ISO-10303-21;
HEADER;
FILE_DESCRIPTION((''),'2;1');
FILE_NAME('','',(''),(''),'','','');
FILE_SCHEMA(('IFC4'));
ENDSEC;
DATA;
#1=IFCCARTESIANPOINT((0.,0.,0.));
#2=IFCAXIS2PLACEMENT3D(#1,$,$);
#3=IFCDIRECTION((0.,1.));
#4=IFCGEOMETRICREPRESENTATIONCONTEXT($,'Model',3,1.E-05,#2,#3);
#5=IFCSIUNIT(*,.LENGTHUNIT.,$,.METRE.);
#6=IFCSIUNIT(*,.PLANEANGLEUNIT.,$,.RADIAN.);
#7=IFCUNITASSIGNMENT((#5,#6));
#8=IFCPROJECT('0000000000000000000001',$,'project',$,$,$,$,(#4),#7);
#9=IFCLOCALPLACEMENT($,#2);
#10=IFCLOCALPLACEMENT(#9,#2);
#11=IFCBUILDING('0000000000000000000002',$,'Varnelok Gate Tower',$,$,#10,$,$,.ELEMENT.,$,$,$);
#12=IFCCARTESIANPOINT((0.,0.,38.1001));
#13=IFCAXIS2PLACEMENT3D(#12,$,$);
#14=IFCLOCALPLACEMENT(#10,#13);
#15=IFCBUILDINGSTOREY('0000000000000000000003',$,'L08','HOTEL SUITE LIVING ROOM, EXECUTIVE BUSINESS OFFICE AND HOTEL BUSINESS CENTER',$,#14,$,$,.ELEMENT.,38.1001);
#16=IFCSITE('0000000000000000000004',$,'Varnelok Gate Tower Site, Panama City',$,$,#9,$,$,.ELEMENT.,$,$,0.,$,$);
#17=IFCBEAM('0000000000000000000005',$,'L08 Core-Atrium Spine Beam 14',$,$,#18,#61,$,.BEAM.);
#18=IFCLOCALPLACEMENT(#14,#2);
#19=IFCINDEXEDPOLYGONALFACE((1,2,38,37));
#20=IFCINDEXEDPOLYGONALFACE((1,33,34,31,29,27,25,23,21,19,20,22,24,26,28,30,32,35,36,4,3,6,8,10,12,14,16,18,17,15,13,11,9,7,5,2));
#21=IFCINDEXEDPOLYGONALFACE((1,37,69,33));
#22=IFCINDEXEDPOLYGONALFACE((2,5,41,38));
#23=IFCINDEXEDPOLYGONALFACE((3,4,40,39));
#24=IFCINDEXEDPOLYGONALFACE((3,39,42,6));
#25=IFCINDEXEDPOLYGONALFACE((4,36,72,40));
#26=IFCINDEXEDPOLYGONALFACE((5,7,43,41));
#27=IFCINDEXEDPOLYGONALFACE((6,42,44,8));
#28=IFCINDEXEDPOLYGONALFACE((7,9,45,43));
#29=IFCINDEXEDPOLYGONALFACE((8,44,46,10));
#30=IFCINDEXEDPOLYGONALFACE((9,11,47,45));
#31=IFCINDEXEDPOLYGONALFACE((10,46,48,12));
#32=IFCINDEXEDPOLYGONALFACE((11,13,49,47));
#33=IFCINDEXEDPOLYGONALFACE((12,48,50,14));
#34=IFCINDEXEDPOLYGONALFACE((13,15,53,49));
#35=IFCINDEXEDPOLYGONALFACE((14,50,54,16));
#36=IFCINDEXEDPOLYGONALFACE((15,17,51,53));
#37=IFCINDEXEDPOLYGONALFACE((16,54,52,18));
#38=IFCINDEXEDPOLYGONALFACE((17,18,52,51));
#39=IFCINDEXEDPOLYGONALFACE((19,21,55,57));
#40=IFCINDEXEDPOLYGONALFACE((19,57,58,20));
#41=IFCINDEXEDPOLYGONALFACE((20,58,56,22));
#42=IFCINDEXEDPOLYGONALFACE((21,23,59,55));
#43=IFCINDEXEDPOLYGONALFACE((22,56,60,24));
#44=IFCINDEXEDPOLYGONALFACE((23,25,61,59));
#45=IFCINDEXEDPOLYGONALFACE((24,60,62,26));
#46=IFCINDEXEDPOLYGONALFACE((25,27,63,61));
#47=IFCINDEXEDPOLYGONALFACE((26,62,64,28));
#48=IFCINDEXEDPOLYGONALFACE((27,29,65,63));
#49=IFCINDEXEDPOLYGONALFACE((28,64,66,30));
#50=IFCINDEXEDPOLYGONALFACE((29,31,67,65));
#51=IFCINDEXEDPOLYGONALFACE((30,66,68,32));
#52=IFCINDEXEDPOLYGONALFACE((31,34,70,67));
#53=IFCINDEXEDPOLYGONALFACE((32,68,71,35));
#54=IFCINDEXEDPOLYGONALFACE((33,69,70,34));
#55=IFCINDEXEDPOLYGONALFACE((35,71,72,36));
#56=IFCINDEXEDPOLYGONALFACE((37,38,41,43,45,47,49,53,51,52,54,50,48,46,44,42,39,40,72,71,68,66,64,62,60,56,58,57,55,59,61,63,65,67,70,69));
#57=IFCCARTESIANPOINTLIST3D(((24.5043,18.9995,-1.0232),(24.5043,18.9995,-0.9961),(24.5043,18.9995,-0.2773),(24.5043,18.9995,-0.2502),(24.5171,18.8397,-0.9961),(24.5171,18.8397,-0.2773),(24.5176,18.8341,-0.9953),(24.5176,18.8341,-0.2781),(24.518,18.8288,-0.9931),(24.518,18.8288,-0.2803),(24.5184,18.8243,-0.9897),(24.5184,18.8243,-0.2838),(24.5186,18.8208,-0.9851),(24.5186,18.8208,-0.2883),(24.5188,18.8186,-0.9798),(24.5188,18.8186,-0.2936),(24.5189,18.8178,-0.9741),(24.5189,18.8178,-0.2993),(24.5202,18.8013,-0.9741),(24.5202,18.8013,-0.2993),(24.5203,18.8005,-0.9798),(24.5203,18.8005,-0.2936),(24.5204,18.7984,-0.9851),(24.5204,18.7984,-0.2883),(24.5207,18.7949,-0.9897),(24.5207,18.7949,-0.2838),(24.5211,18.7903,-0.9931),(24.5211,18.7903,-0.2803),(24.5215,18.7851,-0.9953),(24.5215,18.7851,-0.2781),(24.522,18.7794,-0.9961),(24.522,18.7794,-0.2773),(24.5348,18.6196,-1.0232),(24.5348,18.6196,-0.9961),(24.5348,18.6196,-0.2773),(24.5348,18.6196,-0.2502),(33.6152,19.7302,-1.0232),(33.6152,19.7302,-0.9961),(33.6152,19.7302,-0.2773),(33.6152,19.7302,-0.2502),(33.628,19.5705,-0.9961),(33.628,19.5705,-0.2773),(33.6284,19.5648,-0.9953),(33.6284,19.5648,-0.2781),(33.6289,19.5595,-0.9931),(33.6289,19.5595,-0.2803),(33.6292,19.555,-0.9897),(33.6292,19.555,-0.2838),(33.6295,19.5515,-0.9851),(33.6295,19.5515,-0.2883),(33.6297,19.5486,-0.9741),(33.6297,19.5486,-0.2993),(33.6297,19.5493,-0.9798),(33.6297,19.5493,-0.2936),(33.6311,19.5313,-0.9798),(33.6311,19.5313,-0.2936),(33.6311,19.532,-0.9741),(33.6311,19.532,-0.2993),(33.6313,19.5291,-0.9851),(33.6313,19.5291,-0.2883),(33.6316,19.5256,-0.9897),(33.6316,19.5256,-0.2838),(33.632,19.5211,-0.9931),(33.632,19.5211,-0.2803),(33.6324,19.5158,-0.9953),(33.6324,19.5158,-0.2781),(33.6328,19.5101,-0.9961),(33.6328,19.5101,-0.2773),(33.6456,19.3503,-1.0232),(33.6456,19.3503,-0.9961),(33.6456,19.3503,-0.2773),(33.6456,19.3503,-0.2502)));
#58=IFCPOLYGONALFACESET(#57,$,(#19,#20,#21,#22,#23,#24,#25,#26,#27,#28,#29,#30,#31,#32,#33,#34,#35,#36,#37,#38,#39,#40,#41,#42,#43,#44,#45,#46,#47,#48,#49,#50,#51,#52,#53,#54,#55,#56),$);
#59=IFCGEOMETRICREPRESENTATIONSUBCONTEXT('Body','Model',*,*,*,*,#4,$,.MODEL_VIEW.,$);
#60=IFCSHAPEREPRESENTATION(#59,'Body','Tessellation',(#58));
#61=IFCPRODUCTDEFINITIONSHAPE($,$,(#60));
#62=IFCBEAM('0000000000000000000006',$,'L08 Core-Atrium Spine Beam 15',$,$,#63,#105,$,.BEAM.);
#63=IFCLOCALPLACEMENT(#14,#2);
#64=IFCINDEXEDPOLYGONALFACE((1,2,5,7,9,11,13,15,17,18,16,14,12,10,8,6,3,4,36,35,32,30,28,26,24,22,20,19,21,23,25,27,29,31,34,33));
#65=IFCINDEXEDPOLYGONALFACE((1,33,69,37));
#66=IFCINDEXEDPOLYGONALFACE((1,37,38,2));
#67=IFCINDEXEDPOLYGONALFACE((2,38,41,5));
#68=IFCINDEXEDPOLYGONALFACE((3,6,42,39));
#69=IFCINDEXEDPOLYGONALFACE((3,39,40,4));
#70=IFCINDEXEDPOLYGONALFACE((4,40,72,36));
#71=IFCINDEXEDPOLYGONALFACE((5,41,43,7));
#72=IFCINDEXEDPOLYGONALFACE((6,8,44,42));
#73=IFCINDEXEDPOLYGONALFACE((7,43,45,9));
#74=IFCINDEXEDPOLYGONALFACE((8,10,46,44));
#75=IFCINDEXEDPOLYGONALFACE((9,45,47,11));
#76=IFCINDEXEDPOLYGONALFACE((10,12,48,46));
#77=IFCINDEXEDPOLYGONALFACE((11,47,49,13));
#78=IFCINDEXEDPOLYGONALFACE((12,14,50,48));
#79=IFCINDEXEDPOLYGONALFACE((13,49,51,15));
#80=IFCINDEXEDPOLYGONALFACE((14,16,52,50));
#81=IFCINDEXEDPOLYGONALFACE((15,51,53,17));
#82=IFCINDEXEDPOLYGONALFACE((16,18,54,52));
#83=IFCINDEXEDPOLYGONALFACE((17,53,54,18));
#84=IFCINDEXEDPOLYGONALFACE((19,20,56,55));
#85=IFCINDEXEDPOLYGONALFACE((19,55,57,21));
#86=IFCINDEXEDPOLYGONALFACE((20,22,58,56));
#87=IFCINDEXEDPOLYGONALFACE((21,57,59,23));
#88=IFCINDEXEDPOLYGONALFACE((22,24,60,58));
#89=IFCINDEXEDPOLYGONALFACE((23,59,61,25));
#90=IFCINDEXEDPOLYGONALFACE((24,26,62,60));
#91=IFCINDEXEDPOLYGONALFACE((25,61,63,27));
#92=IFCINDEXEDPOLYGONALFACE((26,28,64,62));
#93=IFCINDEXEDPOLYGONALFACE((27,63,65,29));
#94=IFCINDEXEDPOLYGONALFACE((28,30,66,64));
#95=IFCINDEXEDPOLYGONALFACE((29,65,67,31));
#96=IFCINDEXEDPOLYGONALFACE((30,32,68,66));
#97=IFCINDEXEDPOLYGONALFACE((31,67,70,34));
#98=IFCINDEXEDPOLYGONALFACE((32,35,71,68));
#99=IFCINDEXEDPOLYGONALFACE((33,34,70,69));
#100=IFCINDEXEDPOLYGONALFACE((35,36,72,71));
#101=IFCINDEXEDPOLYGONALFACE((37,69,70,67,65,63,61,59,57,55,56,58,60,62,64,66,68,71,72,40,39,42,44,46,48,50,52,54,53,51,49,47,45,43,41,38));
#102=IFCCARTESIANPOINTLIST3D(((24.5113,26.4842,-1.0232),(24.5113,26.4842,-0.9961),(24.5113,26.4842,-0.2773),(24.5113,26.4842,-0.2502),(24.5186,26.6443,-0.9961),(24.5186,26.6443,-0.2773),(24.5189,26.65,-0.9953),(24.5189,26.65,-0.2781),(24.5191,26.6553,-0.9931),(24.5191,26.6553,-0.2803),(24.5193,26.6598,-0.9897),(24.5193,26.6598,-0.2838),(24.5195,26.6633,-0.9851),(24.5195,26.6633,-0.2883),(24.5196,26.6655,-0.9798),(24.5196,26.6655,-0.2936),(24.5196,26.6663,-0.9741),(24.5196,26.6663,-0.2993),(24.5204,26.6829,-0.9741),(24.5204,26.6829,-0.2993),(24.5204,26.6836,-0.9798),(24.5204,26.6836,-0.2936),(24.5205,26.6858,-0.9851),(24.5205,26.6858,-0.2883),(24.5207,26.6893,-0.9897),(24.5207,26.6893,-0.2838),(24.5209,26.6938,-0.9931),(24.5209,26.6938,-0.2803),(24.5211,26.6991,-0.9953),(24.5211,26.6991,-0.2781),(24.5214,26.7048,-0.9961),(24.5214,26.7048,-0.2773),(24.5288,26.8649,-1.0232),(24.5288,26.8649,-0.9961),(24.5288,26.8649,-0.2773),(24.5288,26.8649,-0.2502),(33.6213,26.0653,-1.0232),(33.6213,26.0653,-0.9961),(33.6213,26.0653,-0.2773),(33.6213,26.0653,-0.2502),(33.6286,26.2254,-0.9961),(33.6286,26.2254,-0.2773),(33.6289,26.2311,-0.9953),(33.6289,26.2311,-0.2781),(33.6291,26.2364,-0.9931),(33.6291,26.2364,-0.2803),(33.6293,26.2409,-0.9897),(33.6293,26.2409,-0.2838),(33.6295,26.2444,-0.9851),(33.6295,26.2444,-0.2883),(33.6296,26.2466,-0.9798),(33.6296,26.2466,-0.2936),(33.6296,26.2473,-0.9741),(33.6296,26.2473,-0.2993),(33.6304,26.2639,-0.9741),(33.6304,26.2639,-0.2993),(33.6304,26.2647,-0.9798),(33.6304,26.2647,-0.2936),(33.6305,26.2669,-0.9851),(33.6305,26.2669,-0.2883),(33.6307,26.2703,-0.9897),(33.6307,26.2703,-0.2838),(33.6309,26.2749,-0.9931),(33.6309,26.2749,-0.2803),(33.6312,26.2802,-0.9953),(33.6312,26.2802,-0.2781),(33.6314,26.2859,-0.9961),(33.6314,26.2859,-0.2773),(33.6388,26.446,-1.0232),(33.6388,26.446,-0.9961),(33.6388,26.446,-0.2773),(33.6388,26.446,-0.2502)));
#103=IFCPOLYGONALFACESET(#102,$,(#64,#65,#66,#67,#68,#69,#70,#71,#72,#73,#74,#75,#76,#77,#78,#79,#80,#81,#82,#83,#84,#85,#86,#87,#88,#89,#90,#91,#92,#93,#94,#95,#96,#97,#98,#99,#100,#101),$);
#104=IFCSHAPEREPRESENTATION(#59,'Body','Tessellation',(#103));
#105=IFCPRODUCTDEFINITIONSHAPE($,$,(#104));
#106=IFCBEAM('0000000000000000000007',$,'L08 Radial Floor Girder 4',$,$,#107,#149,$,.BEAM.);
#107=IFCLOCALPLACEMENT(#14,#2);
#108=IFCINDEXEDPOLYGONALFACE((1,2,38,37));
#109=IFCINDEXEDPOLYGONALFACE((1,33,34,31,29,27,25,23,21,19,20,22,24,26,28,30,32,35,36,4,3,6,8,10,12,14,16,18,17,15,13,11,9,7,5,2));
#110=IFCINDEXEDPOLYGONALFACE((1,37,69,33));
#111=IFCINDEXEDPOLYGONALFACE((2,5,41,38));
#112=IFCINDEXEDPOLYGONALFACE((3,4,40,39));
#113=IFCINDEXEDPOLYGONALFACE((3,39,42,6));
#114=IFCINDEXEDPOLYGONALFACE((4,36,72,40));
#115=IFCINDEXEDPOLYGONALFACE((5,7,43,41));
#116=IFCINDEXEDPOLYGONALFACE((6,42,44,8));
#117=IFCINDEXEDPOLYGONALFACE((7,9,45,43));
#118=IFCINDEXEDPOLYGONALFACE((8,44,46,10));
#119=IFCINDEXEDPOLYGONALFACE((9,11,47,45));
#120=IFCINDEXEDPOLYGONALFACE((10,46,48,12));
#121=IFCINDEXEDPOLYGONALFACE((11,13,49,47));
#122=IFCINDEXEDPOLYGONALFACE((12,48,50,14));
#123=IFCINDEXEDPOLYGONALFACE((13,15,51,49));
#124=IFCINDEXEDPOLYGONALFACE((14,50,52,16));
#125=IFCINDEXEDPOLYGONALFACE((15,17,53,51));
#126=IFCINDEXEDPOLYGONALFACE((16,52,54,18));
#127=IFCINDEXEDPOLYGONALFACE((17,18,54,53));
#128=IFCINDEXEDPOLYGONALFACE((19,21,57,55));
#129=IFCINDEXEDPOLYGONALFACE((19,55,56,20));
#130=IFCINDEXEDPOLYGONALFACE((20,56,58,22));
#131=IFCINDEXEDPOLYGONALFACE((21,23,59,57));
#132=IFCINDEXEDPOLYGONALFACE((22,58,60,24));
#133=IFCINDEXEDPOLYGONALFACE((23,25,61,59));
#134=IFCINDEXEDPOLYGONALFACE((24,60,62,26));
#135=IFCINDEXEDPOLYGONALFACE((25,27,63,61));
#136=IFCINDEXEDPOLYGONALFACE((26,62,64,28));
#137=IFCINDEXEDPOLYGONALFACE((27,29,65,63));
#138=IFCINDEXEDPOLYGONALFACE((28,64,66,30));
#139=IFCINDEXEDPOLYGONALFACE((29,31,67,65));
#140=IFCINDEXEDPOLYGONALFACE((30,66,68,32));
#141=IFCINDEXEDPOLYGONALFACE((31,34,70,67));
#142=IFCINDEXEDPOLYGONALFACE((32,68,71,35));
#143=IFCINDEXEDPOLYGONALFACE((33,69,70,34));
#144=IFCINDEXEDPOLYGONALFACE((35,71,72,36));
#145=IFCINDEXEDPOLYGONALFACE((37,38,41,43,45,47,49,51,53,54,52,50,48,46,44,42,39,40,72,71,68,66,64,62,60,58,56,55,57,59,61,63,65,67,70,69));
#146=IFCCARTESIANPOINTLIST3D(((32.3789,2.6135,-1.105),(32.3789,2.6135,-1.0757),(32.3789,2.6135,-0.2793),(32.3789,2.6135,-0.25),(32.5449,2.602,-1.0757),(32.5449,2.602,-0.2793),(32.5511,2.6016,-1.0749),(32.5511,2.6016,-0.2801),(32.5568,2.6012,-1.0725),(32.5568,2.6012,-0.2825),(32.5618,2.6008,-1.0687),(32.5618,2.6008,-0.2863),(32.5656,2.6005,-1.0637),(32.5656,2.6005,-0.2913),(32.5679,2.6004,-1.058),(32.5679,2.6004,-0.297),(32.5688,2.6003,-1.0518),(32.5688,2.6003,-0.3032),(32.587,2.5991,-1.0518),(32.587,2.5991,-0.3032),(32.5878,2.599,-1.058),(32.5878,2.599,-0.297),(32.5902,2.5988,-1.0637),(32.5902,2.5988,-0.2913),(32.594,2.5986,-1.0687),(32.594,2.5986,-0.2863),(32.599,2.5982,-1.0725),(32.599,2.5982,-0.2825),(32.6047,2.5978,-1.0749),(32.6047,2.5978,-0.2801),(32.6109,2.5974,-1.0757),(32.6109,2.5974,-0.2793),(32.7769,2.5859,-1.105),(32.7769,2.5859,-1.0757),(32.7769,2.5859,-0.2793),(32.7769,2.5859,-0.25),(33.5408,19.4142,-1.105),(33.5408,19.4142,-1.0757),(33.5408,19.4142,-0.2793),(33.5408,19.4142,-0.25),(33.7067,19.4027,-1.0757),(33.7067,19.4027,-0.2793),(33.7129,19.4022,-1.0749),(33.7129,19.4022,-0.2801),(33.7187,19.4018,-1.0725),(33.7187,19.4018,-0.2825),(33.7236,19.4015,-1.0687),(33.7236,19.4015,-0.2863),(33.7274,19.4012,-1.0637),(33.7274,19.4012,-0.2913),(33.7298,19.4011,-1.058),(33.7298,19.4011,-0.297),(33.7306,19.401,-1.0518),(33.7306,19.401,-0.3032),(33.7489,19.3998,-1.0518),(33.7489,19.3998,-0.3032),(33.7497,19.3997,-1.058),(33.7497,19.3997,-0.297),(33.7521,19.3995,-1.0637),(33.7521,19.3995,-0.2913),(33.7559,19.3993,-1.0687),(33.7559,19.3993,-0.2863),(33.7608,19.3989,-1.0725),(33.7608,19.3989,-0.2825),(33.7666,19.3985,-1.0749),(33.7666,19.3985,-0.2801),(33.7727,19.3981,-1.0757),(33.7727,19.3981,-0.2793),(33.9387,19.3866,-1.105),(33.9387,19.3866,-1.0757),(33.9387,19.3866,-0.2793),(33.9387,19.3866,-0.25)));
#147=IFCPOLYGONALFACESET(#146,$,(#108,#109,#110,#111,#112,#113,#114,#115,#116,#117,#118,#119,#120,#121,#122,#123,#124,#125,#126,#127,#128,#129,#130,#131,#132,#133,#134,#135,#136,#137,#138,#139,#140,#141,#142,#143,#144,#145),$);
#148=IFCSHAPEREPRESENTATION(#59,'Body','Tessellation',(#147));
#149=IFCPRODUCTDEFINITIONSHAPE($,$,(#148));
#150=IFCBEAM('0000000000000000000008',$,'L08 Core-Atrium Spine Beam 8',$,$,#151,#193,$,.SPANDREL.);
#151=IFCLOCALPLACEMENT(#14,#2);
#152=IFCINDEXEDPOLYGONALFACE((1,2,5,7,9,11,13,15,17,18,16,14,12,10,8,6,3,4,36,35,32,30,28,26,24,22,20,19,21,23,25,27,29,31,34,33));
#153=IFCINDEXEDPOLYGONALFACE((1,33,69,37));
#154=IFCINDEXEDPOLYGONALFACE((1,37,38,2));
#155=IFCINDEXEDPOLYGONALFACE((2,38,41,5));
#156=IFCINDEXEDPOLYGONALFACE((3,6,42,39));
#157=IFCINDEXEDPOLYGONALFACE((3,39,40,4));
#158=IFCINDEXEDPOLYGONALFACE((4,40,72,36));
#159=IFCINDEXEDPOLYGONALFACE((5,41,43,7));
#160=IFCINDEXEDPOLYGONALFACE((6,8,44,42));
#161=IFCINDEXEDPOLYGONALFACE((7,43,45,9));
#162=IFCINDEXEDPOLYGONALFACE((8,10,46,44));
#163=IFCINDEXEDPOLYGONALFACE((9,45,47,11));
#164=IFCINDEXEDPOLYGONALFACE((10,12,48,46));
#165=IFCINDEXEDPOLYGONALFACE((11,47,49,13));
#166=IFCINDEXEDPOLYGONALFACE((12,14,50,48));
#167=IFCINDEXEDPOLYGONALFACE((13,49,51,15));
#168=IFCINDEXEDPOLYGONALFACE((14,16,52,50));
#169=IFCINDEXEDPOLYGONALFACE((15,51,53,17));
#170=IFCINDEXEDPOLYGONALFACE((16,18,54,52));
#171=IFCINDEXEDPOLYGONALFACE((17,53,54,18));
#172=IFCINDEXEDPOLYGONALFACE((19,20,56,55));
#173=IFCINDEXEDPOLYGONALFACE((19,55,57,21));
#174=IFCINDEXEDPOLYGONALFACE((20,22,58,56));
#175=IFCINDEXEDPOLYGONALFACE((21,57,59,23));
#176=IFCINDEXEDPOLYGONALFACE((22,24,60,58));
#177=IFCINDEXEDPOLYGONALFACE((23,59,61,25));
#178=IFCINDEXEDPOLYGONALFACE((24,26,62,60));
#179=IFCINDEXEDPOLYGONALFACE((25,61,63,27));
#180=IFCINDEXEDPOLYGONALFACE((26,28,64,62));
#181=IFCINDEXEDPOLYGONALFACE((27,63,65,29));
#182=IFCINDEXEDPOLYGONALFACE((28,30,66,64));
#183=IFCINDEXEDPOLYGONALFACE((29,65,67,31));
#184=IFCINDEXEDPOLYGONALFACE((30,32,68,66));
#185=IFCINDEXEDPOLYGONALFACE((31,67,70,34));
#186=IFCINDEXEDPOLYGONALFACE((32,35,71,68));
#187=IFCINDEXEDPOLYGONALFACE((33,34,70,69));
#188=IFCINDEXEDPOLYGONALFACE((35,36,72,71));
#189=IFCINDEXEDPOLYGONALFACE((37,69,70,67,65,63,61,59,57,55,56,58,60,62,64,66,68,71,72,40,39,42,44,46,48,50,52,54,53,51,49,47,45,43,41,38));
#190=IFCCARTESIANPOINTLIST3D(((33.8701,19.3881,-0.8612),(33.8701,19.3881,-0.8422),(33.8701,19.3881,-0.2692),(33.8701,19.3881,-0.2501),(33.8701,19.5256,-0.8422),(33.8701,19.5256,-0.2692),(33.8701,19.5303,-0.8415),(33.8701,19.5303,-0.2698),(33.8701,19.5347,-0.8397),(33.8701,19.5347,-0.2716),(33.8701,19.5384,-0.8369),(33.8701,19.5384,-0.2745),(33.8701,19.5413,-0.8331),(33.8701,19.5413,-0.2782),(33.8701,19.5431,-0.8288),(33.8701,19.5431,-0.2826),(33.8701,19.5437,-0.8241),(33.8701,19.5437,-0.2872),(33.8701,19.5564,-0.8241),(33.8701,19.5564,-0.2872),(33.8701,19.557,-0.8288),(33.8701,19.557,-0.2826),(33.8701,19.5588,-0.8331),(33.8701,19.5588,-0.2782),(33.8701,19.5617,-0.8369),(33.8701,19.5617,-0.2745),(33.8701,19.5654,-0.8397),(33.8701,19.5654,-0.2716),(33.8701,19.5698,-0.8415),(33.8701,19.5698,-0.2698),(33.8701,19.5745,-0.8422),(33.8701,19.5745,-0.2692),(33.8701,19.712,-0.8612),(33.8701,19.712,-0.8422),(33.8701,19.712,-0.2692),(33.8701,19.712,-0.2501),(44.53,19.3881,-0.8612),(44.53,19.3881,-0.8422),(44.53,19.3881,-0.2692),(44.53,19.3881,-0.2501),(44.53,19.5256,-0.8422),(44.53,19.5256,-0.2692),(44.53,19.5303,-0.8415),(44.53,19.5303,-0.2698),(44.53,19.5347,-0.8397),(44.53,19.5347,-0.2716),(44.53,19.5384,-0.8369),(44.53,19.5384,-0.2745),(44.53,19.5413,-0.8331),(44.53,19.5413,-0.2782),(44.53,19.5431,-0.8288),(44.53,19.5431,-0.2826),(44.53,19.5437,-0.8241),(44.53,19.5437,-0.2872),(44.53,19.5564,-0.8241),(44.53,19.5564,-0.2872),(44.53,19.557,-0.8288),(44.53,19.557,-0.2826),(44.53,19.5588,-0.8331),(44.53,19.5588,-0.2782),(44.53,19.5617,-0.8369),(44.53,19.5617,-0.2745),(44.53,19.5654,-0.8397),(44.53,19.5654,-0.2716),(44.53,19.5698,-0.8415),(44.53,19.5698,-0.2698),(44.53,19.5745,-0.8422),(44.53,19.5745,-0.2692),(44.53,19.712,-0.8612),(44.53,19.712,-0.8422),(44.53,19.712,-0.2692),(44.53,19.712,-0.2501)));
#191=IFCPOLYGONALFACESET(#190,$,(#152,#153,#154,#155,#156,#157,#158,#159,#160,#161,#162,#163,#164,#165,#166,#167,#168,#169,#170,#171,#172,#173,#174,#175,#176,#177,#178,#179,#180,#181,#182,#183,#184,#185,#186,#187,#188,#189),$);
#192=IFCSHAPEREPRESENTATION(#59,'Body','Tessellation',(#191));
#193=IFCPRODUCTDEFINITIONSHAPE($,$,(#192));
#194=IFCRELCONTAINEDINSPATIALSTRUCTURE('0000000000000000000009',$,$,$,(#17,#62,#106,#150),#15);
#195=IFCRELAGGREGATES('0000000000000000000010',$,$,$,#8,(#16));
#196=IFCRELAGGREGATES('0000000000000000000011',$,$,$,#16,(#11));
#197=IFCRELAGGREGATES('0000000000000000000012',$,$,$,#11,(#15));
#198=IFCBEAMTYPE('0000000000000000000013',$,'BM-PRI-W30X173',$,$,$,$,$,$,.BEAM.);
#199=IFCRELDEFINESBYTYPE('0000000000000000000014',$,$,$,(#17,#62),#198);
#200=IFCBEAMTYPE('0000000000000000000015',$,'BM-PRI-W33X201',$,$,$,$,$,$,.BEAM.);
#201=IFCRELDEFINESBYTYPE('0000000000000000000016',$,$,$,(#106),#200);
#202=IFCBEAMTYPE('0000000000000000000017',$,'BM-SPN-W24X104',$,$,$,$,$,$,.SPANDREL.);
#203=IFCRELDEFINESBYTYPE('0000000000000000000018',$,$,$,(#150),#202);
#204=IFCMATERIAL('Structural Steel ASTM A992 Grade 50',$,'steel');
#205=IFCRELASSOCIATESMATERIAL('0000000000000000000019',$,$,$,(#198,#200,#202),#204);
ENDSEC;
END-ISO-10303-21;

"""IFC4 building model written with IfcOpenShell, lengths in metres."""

from ifc_helpers import new_model, si_unit, direction, frame, origin, origin_2d, place, context, subcontext, project, spatial, i_section, extrude, material, material_profile, profile_set, type_object, element, save


model = new_model("IFC4")

# Units and contexts
model_context = context("Model", 3, precision=1e-05, world=origin(), true_north=direction((0.0, 1.0)))
body_context = subcontext(model_context, "Body", "Model", "MODEL_VIEW")
ifc_project = project(units=[si_unit("LENGTHUNIT", "METRE"), si_unit("PLANEANGLEUNIT", "RADIAN")], contexts=[model_context])

# Site, building, storey
site_placement = place(None, origin())
site = spatial("IfcSite", under=ifc_project, at=site_placement, Name="Varnelok Gate Tower Site, Panama City", CompositionType="ELEMENT", RefElevation=0.0)
building_placement = place(site_placement, origin())
building = spatial("IfcBuilding", under=site, at=building_placement, Name="Varnelok Gate Tower", CompositionType="ELEMENT")
storey_placement = place(building_placement, frame((0.0, 0.0, 38.1001)))
storey = spatial("IfcBuildingStorey", under=building, at=storey_placement, Name="L08", Description="HOTEL SUITE LIVING ROOM, EXECUTIVE BUSINESS OFFICE AND HOTEL BUSINESS CENTER", CompositionType="ELEMENT", Elevation=38.1001)

# Shared definitions
ifc_material_1 = material(Name="Structural Steel ASTM A992 Grade 50", Category="steel")

# Beams
ifc_material_profile_1 = material_profile(ifc_material_1, i_section(OverallWidth=0.3811, OverallDepth=0.7729, WebThickness=0.0166, FlangeThickness=0.0271, FilletRadius=0.022, at=origin_2d()), Name="W30X173")
ifc_profile_set_1 = profile_set([ifc_material_profile_1], Name="Structural Steel ASTM A992 Grade 50")
beam_type_1 = type_object("IfcBeamType", Name="BM-PRI-W30X173", PredefinedType="BEAM", material=ifc_profile_set_1)
beam_1_placement = place(storey_placement, frame((24.5195, 18.8096, -0.6367), z_axis=(0.996799, 0.079946, 0.0), x_axis=(-0.079946, 0.996799, 0.0)))
element("IfcBeam", 1, at=beam_1_placement, inside=storey, type_object=beam_type_1, Name="L08 Core-Atrium Spine Beam 14", PredefinedType="BEAM", context=body_context, shape_type="SweptSolid", body=[
    extrude(i_section(OverallWidth=0.3811, OverallDepth=0.7729, WebThickness=0.0166, FlangeThickness=0.0271, FilletRadius=0.022, at=origin_2d()), origin(), (0.0, 0.0, 1.0), 9.1401),
])
beam_2_placement = place(storey_placement, frame((24.52, 26.6746, -0.6367), z_axis=(0.998944, -0.045938, 0.0), x_axis=(0.045938, 0.998944, 0.0)))
element("IfcBeam", 2, at=beam_2_placement, inside=storey, type_object=beam_type_1, Name="L08 Core-Atrium Spine Beam 15", PredefinedType="BEAM", context=body_context, shape_type="SweptSolid", body=[
    extrude(i_section(OverallWidth=0.3811, OverallDepth=0.7729, WebThickness=0.0166, FlangeThickness=0.0271, FilletRadius=0.022, at=origin_2d()), origin(), (0.0, 0.0, 1.0), 9.1196),
])
ifc_material_profile_2 = material_profile(ifc_material_1, i_section(OverallWidth=0.3989, OverallDepth=0.855, WebThickness=0.0183, FlangeThickness=0.0293, FilletRadius=0.0239, at=origin_2d()), Name="W33X201")
ifc_profile_set_2 = profile_set([ifc_material_profile_2], Name="Structural Steel ASTM A992 Grade 50")
beam_type_2 = type_object("IfcBeamType", Name="BM-PRI-W33X201", PredefinedType="BEAM", material=ifc_profile_set_2)
beam_3_placement = place(storey_placement, frame((33.7397, 19.4004, -0.6775), z_axis=(-0.068991, -0.997617, 0.0), x_axis=(0.997617, -0.068991, 0.0)))
element("IfcBeam", 3, at=beam_3_placement, inside=storey, type_object=beam_type_2, Name="L08 Radial Floor Girder 4", PredefinedType="BEAM", context=body_context, shape_type="SweptSolid", body=[
    extrude(i_section(OverallWidth=0.3989, OverallDepth=0.855, WebThickness=0.0183, FlangeThickness=0.0293, FilletRadius=0.0239, at=origin_2d()), origin(), (0.0, 0.0, 1.0), 16.8408),
])
ifc_material_profile_3 = material_profile(ifc_material_1, i_section(OverallWidth=0.324, OverallDepth=0.6111, WebThickness=0.0127, FlangeThickness=0.019, FilletRadius=0.0181, at=origin_2d()), Name="W24X104")
ifc_profile_set_3 = profile_set([ifc_material_profile_3], Name="Structural Steel ASTM A992 Grade 50")
beam_type_3 = type_object("IfcBeamType", Name="BM-SPN-W24X104", PredefinedType="SPANDREL", material=ifc_profile_set_3)
for number, where, z_axis, x_axis, name in (
    (4, (33.8701, 19.55, -0.5557), (1.0, 0.0, 0.0), (0.0, 1.0, 0.0), "L08 Core-Atrium Spine Beam 8"),
):
    element("IfcBeam", number, at=place(storey_placement, frame(where, z_axis=z_axis, x_axis=x_axis)), inside=storey, type_object=beam_type_3, Name=name, PredefinedType="SPANDREL", context=body_context, shape_type="SweptSolid", body=[
        extrude(i_section(OverallWidth=0.324, OverallDepth=0.6111, WebThickness=0.0127, FlangeThickness=0.019, FilletRadius=0.0181, at=origin_2d()), origin(), (0.0, 0.0, 1.0), 10.6599),
    ])

save(model, "model.ifc")
